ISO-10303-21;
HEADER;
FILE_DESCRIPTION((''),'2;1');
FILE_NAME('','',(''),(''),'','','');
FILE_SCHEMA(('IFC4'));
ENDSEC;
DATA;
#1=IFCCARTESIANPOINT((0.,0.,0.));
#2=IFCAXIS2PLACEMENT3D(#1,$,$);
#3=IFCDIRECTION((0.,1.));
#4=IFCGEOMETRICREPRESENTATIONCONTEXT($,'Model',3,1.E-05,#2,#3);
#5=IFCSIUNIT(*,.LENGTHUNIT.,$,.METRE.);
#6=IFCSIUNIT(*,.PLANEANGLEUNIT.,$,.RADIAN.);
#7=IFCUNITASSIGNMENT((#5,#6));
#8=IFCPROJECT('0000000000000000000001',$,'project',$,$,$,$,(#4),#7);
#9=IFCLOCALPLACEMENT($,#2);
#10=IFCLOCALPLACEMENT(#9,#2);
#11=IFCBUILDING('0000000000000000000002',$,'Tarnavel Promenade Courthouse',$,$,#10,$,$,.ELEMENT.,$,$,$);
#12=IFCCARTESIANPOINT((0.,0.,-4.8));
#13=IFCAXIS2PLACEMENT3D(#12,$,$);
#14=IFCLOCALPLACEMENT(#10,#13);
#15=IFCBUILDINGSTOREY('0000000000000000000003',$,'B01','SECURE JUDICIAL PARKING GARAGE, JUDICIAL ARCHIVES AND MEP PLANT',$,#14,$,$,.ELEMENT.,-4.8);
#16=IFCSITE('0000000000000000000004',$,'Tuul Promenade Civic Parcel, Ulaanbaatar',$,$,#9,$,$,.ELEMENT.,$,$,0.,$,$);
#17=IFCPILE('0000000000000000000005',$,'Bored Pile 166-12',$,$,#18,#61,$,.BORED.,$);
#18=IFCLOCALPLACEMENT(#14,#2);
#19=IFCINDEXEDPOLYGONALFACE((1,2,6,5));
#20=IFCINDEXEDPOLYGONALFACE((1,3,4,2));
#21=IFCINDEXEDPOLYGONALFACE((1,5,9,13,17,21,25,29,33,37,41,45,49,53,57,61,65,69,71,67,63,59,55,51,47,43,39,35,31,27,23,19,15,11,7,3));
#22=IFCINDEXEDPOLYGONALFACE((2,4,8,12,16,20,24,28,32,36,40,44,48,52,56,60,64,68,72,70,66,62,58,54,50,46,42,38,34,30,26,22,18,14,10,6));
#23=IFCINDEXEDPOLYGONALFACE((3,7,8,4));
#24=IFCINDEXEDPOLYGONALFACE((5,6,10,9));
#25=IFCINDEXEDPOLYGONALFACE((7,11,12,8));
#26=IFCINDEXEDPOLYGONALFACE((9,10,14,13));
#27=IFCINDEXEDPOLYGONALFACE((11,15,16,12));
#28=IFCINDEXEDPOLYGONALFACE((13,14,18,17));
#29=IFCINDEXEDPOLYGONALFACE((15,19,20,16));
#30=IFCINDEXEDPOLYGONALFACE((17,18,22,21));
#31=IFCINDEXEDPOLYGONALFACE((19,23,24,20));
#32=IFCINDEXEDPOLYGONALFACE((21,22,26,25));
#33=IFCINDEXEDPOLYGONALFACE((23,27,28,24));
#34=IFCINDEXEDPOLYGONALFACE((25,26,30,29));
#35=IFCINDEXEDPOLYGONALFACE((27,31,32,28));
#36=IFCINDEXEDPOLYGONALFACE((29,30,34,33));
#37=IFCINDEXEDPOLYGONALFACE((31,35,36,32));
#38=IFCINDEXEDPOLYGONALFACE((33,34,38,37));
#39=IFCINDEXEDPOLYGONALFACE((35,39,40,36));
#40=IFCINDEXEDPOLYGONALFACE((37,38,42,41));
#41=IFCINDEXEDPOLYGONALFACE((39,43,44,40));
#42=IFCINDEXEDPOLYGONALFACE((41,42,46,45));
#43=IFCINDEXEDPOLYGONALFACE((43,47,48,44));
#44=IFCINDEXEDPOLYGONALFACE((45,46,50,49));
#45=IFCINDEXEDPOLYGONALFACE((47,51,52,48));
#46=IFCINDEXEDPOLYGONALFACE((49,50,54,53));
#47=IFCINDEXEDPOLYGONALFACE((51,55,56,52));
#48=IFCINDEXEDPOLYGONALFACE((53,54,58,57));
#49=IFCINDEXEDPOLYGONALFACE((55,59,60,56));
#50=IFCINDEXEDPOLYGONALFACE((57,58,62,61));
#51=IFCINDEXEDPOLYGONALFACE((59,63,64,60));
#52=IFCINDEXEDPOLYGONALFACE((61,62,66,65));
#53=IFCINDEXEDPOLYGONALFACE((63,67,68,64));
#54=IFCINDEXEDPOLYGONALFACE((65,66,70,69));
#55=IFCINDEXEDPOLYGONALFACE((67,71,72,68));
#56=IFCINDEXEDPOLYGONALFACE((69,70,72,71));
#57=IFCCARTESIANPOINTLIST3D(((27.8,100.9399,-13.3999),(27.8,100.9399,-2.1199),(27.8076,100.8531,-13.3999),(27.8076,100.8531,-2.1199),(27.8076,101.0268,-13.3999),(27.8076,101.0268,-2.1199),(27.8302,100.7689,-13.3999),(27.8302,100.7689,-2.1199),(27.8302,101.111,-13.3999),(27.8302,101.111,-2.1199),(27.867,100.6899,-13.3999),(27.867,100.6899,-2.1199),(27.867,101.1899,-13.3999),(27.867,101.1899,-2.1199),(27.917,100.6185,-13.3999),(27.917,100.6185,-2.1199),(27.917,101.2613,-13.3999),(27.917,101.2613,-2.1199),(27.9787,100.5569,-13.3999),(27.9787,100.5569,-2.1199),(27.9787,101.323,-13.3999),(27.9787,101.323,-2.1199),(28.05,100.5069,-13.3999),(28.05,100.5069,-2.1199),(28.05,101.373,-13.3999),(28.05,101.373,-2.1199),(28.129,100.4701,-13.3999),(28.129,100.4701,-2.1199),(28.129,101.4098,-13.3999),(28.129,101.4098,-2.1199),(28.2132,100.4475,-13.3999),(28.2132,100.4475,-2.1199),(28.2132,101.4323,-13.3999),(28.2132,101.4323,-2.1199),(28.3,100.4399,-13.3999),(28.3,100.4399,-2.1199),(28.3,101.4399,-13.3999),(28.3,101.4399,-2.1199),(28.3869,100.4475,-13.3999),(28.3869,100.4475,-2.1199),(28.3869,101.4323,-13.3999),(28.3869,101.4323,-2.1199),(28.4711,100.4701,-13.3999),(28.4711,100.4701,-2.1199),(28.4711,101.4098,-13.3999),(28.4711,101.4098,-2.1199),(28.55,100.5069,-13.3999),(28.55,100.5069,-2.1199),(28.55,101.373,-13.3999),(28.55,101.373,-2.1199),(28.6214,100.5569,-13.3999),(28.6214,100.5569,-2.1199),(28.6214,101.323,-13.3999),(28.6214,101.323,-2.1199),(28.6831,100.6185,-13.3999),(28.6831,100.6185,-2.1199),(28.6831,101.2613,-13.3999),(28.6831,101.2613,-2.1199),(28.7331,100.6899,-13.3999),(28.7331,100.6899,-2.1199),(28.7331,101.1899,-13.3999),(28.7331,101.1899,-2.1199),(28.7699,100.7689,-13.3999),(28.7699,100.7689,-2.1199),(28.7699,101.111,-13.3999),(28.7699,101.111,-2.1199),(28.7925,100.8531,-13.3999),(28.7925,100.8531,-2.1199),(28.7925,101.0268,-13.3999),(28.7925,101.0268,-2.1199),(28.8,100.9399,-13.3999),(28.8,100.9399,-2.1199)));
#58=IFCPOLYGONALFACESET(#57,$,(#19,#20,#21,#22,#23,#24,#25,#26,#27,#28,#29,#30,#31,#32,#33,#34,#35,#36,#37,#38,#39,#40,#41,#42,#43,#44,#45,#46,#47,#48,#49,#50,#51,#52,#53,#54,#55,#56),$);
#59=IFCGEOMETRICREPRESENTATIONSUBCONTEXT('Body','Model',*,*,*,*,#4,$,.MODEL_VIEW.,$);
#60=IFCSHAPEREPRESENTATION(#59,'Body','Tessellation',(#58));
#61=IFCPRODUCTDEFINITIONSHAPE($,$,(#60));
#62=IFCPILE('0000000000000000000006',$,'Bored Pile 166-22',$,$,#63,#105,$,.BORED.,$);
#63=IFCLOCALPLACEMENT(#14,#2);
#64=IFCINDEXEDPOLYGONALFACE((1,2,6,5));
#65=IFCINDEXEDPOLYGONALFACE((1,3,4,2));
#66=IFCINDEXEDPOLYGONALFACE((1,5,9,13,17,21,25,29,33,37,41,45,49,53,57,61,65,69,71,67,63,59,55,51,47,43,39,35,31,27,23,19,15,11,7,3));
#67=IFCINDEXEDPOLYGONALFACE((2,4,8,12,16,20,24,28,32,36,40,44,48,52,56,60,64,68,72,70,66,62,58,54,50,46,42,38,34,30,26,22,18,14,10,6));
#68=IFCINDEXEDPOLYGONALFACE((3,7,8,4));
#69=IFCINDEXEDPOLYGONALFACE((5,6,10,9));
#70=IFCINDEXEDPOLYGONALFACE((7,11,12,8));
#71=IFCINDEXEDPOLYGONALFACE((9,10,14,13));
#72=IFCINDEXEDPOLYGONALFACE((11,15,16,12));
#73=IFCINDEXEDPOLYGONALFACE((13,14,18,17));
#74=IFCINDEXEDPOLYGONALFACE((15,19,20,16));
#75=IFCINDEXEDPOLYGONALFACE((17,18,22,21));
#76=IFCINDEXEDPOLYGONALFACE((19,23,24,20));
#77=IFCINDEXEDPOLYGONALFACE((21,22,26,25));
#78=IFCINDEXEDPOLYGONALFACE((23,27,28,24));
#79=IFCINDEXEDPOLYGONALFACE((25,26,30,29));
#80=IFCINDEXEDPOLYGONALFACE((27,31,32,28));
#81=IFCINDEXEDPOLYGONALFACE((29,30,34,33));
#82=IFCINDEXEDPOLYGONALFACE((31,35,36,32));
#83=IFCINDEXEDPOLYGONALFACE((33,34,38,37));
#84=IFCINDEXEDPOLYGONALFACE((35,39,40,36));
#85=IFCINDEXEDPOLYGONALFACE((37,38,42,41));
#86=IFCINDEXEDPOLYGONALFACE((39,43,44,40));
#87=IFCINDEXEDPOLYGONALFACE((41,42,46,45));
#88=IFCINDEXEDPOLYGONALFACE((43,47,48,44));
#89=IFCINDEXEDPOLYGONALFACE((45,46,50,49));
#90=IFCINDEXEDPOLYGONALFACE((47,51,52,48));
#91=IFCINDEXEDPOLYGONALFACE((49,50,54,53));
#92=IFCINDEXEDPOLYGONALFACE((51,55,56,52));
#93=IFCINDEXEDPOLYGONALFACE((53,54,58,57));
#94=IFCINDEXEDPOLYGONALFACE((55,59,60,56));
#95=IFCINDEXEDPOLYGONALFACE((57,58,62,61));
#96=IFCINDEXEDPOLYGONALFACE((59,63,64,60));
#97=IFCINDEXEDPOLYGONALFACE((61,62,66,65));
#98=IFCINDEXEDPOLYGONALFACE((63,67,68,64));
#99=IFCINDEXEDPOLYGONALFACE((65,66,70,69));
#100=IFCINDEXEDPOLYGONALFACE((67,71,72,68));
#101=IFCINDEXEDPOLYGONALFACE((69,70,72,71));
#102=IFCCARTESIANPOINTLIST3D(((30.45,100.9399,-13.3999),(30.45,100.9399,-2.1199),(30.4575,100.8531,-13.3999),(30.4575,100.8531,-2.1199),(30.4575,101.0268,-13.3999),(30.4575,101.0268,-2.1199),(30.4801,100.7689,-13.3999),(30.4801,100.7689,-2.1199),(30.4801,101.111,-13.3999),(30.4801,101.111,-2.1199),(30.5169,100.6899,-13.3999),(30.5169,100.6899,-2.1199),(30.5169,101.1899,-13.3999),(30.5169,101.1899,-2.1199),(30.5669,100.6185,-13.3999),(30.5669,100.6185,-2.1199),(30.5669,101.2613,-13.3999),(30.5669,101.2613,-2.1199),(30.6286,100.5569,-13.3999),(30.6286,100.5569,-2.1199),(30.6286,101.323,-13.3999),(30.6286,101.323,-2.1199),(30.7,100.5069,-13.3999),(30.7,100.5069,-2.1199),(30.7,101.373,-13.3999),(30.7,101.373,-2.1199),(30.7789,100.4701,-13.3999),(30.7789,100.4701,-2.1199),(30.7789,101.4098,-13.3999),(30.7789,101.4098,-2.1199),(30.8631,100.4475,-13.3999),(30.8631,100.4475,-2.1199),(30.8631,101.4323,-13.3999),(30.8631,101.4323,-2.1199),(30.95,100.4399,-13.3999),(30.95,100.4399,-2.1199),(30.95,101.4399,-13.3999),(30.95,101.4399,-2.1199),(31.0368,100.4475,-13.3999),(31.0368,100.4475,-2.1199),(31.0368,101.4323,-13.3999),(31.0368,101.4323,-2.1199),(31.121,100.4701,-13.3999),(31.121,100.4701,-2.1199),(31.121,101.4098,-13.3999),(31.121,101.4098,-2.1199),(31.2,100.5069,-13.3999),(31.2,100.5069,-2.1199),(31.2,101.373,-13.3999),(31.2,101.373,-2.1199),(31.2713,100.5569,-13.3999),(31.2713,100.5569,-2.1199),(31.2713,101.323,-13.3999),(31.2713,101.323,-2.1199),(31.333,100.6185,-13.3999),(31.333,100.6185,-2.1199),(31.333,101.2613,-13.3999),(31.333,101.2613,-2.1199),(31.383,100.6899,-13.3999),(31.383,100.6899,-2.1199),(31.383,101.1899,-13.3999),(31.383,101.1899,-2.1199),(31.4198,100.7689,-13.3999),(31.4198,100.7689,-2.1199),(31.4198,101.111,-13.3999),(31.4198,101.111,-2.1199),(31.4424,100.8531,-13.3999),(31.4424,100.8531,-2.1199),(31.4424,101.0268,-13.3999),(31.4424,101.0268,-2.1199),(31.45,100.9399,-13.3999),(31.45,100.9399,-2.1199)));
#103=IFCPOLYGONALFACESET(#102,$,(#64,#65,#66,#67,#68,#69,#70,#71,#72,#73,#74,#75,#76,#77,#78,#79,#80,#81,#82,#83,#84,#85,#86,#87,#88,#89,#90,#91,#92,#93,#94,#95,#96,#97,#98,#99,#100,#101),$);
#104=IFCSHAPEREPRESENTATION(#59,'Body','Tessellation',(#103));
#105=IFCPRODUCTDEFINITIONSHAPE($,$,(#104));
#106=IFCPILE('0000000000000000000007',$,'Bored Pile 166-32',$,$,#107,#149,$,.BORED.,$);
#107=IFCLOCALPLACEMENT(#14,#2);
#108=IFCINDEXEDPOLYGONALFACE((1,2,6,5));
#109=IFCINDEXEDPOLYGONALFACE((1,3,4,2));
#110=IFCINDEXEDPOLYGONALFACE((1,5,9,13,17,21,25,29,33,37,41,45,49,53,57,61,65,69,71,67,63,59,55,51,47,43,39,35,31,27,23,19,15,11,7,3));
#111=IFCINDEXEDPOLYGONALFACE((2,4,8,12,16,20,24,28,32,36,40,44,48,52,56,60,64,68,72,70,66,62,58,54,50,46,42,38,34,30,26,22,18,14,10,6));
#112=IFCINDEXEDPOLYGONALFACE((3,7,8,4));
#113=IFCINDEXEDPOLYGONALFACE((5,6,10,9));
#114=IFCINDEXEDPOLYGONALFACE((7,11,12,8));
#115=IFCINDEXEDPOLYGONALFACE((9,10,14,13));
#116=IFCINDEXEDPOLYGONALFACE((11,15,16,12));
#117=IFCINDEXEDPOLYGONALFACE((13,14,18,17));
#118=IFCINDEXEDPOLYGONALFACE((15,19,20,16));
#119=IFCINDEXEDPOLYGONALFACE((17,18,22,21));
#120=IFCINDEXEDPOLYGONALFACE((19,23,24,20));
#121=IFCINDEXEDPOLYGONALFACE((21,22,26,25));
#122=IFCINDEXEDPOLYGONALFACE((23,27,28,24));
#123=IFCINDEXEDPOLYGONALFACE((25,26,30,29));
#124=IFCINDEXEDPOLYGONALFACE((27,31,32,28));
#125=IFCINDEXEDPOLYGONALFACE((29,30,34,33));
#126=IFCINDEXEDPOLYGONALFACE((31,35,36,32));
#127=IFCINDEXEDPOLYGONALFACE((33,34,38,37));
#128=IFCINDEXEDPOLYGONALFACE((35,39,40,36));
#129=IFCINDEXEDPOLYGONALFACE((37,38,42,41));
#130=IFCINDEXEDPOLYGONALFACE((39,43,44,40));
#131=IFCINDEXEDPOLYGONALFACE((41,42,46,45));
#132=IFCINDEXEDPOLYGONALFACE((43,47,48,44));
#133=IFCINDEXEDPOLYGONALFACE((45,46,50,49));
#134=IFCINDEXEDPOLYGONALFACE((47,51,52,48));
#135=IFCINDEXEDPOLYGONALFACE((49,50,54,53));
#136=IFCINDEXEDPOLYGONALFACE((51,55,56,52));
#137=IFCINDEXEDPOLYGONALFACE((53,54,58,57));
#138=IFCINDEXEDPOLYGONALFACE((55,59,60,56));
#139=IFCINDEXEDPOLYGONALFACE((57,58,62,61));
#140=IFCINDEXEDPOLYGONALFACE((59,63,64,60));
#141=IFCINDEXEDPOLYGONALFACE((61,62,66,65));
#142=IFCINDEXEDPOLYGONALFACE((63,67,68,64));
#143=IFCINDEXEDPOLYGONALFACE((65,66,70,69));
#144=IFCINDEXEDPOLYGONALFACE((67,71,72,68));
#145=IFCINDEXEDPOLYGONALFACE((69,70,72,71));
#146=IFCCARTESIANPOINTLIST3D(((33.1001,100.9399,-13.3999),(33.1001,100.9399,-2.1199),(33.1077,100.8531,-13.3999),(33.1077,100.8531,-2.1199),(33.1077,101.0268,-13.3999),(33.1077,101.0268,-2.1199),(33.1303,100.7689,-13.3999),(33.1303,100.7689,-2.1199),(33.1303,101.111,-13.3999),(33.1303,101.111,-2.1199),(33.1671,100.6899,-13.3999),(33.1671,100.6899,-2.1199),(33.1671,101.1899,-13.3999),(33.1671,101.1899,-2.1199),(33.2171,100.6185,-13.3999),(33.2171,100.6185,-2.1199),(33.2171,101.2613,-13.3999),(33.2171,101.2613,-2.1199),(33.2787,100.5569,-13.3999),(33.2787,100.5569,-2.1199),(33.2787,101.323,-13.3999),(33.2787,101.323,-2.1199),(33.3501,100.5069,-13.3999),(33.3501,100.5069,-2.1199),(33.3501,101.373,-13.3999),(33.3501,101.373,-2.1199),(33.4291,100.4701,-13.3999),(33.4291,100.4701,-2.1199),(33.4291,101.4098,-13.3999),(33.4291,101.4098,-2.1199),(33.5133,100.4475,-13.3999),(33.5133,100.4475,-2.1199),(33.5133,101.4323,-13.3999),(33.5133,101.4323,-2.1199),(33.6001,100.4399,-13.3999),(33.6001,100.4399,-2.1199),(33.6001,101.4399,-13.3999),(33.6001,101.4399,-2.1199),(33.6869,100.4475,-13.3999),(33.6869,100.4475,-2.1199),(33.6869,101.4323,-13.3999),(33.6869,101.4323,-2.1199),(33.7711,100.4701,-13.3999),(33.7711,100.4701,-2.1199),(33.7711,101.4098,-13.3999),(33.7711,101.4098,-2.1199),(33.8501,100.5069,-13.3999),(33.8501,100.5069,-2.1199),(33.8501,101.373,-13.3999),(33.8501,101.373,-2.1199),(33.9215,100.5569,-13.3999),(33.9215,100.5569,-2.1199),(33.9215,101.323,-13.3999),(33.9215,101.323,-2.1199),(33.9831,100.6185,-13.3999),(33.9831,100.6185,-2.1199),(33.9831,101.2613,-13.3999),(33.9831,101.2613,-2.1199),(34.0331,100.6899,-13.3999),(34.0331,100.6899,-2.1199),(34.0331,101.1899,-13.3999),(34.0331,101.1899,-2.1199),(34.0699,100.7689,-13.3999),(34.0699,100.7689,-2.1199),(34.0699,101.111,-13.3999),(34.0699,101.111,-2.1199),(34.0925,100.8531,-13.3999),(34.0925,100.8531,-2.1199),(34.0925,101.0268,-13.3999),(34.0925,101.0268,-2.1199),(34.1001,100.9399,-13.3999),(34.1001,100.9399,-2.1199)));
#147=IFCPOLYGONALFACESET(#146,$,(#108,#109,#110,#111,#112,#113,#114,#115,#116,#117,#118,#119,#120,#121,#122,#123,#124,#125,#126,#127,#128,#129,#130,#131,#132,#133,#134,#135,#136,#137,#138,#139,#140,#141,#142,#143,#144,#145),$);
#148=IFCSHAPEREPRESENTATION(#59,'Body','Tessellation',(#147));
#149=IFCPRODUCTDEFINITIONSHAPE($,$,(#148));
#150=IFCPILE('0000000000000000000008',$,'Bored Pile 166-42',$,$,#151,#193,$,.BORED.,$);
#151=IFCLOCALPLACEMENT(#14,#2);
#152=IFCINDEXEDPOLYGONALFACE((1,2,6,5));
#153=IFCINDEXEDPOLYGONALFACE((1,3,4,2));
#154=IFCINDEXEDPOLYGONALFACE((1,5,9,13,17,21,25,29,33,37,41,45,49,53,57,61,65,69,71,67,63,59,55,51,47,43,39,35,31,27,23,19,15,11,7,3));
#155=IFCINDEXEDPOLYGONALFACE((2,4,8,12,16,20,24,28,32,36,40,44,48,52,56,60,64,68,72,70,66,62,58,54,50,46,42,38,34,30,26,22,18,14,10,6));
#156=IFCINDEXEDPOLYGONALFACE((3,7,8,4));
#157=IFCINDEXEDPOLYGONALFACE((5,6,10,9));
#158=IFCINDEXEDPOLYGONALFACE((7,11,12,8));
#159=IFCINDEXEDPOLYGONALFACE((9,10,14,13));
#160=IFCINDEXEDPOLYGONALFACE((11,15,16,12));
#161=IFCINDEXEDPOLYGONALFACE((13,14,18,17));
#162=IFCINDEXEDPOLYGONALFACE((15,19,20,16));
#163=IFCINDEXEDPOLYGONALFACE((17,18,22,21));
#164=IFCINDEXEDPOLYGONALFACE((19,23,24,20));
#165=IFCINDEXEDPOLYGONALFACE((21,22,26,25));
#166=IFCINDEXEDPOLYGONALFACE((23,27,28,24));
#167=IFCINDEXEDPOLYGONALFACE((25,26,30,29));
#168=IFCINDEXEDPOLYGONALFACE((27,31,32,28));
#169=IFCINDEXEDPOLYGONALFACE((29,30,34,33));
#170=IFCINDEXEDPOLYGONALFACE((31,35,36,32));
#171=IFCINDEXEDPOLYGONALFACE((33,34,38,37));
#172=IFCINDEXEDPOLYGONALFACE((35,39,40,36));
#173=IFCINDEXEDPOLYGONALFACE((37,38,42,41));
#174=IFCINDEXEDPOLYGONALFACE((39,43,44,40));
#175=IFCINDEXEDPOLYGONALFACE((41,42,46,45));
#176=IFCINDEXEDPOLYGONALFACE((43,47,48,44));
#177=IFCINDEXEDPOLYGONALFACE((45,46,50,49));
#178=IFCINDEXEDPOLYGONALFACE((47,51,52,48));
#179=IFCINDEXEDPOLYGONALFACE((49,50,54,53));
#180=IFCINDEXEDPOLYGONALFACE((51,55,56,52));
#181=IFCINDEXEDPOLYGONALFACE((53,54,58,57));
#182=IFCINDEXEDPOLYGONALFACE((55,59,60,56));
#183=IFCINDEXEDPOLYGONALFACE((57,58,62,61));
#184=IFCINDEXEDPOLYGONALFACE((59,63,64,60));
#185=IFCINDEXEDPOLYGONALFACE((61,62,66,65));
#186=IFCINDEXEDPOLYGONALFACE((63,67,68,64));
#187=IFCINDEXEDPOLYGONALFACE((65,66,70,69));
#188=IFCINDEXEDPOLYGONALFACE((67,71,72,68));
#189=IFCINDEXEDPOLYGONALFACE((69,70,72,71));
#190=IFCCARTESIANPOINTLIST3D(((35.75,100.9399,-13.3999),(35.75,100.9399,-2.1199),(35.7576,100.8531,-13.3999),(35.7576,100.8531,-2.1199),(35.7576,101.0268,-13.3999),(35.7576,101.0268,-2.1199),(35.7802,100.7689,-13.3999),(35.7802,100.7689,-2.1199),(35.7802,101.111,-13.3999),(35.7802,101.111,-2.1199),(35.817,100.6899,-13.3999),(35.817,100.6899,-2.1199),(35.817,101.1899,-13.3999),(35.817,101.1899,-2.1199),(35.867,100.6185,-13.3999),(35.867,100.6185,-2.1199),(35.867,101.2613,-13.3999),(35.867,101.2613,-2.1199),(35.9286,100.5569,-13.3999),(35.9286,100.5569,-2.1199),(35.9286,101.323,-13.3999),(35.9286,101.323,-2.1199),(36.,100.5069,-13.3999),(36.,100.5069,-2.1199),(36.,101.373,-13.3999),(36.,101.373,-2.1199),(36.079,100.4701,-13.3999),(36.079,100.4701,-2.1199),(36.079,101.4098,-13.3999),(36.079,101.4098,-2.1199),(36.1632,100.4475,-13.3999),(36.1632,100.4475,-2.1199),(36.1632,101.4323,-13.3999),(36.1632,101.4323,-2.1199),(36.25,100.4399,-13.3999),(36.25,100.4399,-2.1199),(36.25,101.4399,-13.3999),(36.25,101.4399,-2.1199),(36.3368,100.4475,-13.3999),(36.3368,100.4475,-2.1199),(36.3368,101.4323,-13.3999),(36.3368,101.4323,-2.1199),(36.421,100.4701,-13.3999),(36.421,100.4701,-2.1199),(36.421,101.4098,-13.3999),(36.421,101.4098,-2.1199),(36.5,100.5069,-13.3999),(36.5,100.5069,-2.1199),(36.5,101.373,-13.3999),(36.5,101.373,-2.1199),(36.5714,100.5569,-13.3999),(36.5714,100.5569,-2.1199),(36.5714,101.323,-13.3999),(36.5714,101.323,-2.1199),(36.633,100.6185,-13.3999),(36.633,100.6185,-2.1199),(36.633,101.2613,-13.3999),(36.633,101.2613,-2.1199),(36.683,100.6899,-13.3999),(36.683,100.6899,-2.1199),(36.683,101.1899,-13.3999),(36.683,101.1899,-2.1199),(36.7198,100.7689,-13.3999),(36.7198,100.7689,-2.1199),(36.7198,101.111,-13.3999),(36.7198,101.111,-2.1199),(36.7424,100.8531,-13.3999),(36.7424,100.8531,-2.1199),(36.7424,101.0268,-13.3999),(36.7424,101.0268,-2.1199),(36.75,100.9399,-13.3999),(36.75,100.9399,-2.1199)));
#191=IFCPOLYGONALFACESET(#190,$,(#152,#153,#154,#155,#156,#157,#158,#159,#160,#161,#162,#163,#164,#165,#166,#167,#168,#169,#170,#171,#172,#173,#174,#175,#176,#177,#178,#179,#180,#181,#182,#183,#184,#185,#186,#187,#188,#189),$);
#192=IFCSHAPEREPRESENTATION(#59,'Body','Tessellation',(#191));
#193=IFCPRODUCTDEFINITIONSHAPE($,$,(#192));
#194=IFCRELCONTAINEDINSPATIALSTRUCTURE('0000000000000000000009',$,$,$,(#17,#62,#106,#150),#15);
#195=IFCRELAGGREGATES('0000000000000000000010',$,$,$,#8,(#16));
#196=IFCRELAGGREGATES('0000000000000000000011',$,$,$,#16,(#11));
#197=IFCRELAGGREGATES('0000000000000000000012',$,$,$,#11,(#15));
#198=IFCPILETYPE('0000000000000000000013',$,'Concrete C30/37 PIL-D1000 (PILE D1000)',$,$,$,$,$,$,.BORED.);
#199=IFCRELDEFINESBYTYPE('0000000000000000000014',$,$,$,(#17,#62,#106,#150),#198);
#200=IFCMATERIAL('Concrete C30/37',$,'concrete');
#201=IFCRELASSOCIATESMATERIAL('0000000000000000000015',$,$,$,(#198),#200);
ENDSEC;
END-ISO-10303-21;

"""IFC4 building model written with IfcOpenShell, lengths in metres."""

from ifc_helpers import new_model, si_unit, direction, frame, origin, origin_2d, place, context, subcontext, project, spatial, circle, extrude, material, material_profile, profile_set, type_object, element, save


model = new_model("IFC4")

# Units and contexts
model_context = context("Model", 3, precision=1e-05, world=origin(), true_north=direction((0.0, 1.0)))
body_context = subcontext(model_context, "Body", "Model", "MODEL_VIEW")
ifc_project = project(units=[si_unit("LENGTHUNIT", "METRE"), si_unit("PLANEANGLEUNIT", "RADIAN")], contexts=[model_context])

# Site, building, storey
site_placement = place(None, origin())
site = spatial("IfcSite", under=ifc_project, at=site_placement, Name="Tuul Promenade Civic Parcel, Ulaanbaatar", CompositionType="ELEMENT", RefElevation=0.0)
building_placement = place(site_placement, origin())
building = spatial("IfcBuilding", under=site, at=building_placement, Name="Tarnavel Promenade Courthouse", CompositionType="ELEMENT")
storey_placement = place(building_placement, frame((0.0, 0.0, -4.8)))
storey = spatial("IfcBuildingStorey", under=building, at=storey_placement, Name="B01", Description="SECURE JUDICIAL PARKING GARAGE, JUDICIAL ARCHIVES AND MEP PLANT", CompositionType="ELEMENT", Elevation=-4.8)

# Piles
ifc_material_1 = material(Name="Concrete C30/37", Category="concrete")
ifc_material_profile_1 = material_profile(ifc_material_1, circle(Radius=0.5, at=origin_2d()), Name="PILE D1000")
ifc_profile_set_1 = profile_set([ifc_material_profile_1], Name="Concrete C30/37")
pile_type = type_object("IfcPileType", Name="Concrete C30/37 PIL-D1000 (PILE D1000)", PredefinedType="BORED", material=ifc_profile_set_1)
for number, where, z_axis, x_axis, name in (
    (1, (28.3, 100.9399, -2.1199), (0.0, 0.0, -1.0), (1.0, 0.0, 0.0), "Bored Pile 166-12"),
    (2, (30.95, 100.9399, -2.1199), (0.0, 0.0, -1.0), (1.0, 0.0, 0.0), "Bored Pile 166-22"),
    (3, (33.6001, 100.9399, -2.1199), (0.0, 0.0, -1.0), (1.0, 0.0, 0.0), "Bored Pile 166-32"),
    (4, (36.25, 100.9399, -2.1199), (0.0, 0.0, -1.0), (1.0, 0.0, 0.0), "Bored Pile 166-42"),
):
    element("IfcPile", number, at=place(storey_placement, frame(where, z_axis=z_axis, x_axis=x_axis)), inside=storey, type_object=pile_type, Name=name, PredefinedType="BORED", context=body_context, shape_type="SweptSolid", body=[
        extrude(circle(Radius=0.5, at=origin_2d()), origin(), (0.0, 0.0, 1.0), 11.28),
    ])

save(model, "model.ifc")
